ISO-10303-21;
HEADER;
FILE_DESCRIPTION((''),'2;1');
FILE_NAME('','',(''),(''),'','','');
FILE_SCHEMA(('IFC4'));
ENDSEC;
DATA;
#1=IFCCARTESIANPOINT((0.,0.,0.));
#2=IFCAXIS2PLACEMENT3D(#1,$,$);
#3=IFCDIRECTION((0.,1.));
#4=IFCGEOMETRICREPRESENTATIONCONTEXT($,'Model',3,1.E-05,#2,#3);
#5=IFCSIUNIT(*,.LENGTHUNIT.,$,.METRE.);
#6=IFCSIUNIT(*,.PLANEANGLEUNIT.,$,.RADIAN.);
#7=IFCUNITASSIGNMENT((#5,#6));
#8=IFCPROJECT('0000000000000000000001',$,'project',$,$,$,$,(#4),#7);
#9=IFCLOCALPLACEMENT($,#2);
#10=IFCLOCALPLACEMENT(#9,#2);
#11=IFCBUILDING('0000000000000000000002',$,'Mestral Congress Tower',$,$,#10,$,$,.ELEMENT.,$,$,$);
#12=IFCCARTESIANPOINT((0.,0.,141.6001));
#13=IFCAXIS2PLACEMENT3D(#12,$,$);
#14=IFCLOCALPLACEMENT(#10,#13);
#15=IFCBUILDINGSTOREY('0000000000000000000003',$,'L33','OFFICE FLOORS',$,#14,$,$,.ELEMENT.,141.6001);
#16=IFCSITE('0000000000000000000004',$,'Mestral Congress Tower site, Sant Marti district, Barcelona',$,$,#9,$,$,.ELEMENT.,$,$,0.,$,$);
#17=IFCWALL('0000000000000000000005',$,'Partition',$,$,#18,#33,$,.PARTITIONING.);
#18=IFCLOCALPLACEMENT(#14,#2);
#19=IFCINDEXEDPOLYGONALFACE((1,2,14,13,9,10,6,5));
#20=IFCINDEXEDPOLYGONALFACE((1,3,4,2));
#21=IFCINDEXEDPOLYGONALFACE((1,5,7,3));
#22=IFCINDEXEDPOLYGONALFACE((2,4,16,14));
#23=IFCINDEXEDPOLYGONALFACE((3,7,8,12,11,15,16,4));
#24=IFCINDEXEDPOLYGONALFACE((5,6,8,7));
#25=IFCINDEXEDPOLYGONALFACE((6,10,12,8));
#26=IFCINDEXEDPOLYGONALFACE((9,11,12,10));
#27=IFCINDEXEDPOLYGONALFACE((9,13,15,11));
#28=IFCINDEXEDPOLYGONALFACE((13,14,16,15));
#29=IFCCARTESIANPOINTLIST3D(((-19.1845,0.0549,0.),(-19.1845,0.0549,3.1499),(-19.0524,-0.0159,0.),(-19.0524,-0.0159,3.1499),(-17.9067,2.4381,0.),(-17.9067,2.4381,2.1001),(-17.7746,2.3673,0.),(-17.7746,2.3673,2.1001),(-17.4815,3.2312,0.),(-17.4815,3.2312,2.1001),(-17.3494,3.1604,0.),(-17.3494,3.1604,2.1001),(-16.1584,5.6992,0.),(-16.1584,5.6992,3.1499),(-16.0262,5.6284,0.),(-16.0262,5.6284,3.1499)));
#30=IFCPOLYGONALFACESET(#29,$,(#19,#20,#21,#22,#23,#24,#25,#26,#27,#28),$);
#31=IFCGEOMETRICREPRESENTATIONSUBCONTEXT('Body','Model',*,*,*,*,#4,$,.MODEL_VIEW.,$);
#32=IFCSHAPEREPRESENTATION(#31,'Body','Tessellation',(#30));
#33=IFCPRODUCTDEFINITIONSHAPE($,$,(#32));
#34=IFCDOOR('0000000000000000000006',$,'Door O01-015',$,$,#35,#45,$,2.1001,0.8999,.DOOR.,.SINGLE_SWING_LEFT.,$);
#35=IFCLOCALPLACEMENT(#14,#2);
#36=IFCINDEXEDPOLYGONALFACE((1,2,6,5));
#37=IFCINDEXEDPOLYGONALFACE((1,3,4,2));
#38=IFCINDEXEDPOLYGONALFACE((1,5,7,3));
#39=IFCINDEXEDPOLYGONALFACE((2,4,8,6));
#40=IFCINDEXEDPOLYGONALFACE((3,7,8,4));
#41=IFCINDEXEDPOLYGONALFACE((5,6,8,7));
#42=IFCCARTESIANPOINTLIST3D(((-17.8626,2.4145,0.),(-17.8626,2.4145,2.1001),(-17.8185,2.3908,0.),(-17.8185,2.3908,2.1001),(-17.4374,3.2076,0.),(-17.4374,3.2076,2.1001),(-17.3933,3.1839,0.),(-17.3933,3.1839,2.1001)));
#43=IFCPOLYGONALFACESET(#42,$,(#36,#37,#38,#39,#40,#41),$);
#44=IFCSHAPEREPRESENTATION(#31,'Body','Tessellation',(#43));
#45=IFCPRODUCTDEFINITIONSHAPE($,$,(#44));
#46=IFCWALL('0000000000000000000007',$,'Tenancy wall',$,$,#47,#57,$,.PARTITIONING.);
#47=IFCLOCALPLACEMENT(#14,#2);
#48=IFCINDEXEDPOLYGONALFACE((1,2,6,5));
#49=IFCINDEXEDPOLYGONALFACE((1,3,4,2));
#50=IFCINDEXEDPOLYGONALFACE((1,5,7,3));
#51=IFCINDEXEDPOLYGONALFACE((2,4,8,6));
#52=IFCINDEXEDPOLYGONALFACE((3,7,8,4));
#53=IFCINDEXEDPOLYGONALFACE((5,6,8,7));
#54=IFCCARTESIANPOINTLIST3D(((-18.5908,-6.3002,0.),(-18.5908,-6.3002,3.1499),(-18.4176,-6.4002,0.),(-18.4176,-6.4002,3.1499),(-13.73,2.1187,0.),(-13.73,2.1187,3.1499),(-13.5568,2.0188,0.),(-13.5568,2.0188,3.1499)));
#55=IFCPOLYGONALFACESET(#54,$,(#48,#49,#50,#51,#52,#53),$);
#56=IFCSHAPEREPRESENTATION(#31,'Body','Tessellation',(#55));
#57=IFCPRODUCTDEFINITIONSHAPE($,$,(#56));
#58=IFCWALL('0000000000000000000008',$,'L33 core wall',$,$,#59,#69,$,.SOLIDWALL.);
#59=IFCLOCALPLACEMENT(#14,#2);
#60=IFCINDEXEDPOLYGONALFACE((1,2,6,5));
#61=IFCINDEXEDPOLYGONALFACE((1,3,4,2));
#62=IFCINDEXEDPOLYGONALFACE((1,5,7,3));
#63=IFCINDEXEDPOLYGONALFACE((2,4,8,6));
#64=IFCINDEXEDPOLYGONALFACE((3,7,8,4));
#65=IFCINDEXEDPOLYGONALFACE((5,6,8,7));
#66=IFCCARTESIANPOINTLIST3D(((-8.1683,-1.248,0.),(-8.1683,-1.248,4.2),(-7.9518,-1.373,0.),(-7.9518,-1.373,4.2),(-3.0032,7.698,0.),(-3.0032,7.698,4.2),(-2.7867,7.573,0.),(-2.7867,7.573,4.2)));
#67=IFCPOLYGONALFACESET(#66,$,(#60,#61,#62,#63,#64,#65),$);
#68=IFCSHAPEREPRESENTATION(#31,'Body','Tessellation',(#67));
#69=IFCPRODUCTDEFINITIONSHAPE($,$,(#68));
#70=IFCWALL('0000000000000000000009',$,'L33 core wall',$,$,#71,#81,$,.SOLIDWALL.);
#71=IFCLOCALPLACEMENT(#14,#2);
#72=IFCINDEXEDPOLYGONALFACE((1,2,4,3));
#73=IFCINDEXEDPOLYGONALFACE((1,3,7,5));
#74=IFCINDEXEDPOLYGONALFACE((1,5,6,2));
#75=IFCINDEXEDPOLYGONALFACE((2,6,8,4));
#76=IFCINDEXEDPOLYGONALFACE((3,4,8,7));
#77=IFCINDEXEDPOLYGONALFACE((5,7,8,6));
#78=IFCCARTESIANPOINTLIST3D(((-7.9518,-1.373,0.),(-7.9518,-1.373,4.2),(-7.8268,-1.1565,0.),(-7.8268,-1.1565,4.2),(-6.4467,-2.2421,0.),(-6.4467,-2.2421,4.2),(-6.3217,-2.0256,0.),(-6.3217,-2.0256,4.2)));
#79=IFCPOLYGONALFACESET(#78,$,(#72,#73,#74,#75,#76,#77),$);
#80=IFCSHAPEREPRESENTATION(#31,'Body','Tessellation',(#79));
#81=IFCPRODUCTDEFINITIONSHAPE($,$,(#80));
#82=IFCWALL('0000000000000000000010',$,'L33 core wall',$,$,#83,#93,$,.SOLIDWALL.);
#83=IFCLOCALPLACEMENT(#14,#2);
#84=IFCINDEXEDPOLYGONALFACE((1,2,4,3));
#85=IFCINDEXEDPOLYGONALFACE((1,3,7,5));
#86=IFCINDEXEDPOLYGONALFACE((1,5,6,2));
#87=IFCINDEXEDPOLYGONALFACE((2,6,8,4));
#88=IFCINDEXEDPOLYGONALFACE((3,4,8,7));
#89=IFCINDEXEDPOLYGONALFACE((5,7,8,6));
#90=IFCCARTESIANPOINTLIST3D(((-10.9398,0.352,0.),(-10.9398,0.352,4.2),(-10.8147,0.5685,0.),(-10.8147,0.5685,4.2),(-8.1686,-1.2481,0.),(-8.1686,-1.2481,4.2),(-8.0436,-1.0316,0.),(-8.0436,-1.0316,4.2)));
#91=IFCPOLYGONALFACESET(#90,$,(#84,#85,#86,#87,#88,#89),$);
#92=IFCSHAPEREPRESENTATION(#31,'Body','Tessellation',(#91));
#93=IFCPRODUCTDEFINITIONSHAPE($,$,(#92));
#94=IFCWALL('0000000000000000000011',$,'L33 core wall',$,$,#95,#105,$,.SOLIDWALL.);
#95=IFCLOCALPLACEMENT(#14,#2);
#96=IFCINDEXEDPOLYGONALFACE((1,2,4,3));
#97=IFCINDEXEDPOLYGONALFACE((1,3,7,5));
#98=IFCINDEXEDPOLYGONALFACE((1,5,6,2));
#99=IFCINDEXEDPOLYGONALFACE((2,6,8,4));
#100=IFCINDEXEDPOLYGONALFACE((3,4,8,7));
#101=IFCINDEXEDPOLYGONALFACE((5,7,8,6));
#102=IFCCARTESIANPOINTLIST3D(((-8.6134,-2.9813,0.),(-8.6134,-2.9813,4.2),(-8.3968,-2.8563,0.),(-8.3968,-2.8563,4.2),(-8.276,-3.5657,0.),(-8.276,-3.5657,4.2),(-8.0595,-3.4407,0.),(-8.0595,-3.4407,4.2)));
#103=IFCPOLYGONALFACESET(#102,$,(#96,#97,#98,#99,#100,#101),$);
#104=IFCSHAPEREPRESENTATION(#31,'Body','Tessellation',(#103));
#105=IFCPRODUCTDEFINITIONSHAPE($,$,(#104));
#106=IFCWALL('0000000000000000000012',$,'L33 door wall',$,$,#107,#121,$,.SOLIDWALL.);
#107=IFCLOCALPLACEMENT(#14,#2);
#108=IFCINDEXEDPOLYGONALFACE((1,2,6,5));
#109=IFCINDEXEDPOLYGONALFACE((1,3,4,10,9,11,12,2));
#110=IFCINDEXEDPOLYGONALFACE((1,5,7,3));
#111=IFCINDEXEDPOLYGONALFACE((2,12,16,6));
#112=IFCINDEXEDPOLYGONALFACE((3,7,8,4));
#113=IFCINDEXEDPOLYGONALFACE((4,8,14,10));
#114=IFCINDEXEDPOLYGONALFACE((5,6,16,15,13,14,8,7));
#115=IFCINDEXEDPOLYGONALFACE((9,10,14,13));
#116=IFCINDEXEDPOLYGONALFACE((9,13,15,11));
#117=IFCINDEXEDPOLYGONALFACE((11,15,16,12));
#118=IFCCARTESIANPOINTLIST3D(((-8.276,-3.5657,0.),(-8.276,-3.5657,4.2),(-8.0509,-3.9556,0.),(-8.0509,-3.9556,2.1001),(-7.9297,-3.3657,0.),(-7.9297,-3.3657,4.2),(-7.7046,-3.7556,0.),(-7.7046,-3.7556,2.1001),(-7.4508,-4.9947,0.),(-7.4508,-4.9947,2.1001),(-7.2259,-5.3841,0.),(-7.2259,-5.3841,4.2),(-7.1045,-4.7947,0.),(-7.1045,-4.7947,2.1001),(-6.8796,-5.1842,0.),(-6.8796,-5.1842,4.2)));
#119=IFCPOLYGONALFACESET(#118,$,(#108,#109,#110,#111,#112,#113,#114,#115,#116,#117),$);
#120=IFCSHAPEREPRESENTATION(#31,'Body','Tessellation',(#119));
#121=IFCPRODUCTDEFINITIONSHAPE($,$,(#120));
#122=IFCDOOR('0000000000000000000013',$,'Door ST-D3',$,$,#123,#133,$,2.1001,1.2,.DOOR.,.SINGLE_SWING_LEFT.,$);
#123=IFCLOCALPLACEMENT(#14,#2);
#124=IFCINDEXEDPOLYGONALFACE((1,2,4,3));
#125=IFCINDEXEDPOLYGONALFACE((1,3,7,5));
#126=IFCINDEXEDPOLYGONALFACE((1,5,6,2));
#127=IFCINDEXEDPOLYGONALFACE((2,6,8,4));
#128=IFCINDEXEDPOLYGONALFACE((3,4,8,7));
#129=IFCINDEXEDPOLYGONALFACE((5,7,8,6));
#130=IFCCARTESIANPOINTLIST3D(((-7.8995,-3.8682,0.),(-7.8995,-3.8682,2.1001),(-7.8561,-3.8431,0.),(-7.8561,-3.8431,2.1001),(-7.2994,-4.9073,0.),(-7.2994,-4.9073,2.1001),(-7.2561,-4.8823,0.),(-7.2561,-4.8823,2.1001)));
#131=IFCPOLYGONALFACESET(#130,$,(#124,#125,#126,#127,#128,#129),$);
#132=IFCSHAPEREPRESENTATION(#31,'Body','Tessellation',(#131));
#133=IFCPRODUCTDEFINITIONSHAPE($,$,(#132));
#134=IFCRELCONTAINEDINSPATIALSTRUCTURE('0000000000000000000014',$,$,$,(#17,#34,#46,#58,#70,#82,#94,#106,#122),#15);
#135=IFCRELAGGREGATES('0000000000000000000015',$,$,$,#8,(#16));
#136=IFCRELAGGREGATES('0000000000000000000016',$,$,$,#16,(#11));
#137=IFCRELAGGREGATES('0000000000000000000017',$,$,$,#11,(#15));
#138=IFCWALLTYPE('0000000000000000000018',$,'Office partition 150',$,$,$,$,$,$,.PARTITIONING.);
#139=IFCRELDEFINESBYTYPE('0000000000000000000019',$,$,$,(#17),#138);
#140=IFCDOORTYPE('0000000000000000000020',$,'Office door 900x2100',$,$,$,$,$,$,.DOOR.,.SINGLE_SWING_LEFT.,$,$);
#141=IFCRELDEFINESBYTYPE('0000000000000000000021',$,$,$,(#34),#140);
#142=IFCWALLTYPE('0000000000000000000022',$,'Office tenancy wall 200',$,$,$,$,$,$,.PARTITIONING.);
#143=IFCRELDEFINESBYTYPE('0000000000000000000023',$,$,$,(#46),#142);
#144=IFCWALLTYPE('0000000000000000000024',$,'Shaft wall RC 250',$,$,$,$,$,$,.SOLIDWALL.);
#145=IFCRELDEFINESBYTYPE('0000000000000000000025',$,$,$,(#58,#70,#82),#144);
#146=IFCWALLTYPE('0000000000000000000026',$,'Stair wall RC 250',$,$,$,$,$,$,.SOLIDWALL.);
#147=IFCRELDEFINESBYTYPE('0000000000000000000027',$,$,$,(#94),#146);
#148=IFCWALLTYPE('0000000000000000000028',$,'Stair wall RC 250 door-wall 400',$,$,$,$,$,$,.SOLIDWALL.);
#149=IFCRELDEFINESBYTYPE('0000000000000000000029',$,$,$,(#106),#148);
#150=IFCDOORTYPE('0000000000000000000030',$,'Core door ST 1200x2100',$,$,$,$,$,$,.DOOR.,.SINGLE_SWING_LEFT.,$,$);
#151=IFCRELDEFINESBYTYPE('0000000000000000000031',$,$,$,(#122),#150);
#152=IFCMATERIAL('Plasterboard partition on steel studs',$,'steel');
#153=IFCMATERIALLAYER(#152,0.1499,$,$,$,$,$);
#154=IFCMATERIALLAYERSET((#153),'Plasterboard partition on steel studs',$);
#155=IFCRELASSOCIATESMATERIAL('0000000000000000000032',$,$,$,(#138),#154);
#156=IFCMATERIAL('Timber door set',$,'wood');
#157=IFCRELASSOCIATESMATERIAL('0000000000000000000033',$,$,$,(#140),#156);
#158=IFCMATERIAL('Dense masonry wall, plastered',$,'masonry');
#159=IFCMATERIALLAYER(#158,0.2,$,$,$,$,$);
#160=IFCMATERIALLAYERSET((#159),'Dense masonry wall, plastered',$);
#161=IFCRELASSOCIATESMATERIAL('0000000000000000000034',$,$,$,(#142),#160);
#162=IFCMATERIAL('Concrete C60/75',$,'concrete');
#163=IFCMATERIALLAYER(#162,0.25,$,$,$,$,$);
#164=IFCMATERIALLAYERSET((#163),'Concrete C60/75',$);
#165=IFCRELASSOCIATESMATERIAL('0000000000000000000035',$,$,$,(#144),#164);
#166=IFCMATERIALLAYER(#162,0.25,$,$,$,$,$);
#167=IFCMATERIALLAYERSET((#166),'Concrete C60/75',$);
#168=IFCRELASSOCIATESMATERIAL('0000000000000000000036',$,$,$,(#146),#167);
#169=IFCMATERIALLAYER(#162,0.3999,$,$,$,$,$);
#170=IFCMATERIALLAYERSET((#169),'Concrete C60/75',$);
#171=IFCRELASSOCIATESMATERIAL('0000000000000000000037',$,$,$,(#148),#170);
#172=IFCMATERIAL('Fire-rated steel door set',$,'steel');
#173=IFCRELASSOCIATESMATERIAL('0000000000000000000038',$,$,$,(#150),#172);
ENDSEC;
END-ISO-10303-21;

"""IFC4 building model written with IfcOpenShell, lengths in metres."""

from ifc_helpers import new_model, si_unit, direction, frame, frame_2d, origin, place, context, subcontext, project, spatial, rectangle, extrude, material, layer, layer_set, type_object, element, fill, save


model = new_model("IFC4")

# Units and contexts
model_context = context("Model", 3, precision=1e-05, world=origin(), true_north=direction((0.0, 1.0)))
body_context = subcontext(model_context, "Body", "Model", "MODEL_VIEW")
ifc_project = project(units=[si_unit("LENGTHUNIT", "METRE"), si_unit("PLANEANGLEUNIT", "RADIAN")], contexts=[model_context])

# Site, building, storey
site_placement = place(None, origin())
site = spatial("IfcSite", under=ifc_project, at=site_placement, Name="Mestral Congress Tower site, Sant Marti district, Barcelona", CompositionType="ELEMENT", RefElevation=0.0)
building_placement = place(site_placement, origin())
building = spatial("IfcBuilding", under=site, at=building_placement, Name="Mestral Congress Tower", CompositionType="ELEMENT")
storey_placement = place(building_placement, frame((0.0, 0.0, 141.6001)))
storey = spatial("IfcBuildingStorey", under=building, at=storey_placement, Name="L33", Description="OFFICE FLOORS", CompositionType="ELEMENT", Elevation=141.6001)

# Shared definitions
ifc_material_1 = material(Name="Concrete C60/75", Category="concrete")

# Shared definitions
ifc_material_2 = material(Name="Fire-rated steel door set", Category="steel")

# Shared definitions
ifc_material_3 = material(Name="Plasterboard partition on steel studs", Category="steel")
ifc_layer_1 = layer(ifc_material_3, 0.1499)
ifc_layer_set_1 = layer_set([ifc_layer_1], Name="Plasterboard partition on steel studs")
wall_type_1 = type_object("IfcWallType", Name="Office partition 150", PredefinedType="PARTITIONING", material=ifc_layer_set_1)

# Wall, opening, door
wall_1_placement = place(storey_placement, frame((-19.1184, 0.0195, 0.0), z_axis=(0.0, 0.0, 1.0), x_axis=(0.472512, 0.881324, 0.0)))
wall_1 = element("IfcWall", 1, at=wall_1_placement, inside=storey, type_object=wall_type_1, Name="Partition", PredefinedType="PARTITIONING", context=body_context, shape_type="SweptSolid", body=[
    extrude(rectangle(XDim=6.4043, YDim=0.1499, at=frame_2d((3.2021, 0.0))), origin(), (0.0, 0.0, 1.0), 3.1499),
])
opening_1_placement = place(wall_1_placement, frame((2.7041, 0.0, 0.0)))
opening_1 = element("IfcOpeningElement", 2, at=opening_1_placement, cuts=wall_1, PredefinedType="OPENING", context=body_context, shape_type="SweptSolid", body=[
    extrude(rectangle(XDim=0.8999, YDim=2.1001, at=frame_2d((0.45, 1.05))), frame((0.0, 0.085, 0.0), z_axis=(0.0, -1.0, 0.0), x_axis=(1.0, 0.0, 0.0)), (0.0, 0.0, 1.0), 0.1699),
])
ifc_material_4 = material(Name="Timber door set", Category="wood")
door_type_1 = type_object("IfcDoorType", Name="Office door 900x2100", OperationType="SINGLE_SWING_LEFT", PredefinedType="DOOR", material=ifc_material_4)
door_1_placement = place(opening_1_placement, origin())
door_1 = element("IfcDoor", 3, at=door_1_placement, inside=storey, type_object=door_type_1, Name="Door O01-015", OperationType="SINGLE_SWING_LEFT", OverallHeight=2.1001, OverallWidth=0.8999, PredefinedType="DOOR", context=body_context, shape_type="SweptSolid", body=[
    extrude(rectangle(XDim=0.8999, YDim=2.1001, at=frame_2d((0.45, 1.05))), frame((0.0, 0.0249, 0.0), z_axis=(0.0, -1.0, 0.0), x_axis=(1.0, 0.0, 0.0)), (0.0, 0.0, 1.0), 0.05),
])
fill(opening_1, door_1)

# Walls
ifc_material_5 = material(Name="Dense masonry wall, plastered", Category="masonry")
ifc_layer_2 = layer(ifc_material_5, 0.2)
ifc_layer_set_2 = layer_set([ifc_layer_2], Name="Dense masonry wall, plastered")
wall_type_2 = type_object("IfcWallType", Name="Office tenancy wall 200", PredefinedType="PARTITIONING", material=ifc_layer_set_2)
wall_2_placement = place(storey_placement, frame((-13.6433, 2.0688, 0.0), z_axis=(0.0, 0.0, 1.0), x_axis=(-0.500012, -0.866018, 0.0)))
element("IfcWall", 4, at=wall_2_placement, inside=storey, type_object=wall_type_2, Name="Tenancy wall", PredefinedType="PARTITIONING", context=body_context, shape_type="SweptSolid", body=[
    extrude(rectangle(XDim=9.7214, YDim=0.2, at=frame_2d((4.8608, 0.0))), origin(), (0.0, 0.0, 1.0), 3.1499),
])
ifc_layer_3 = layer(ifc_material_1, 0.25)
ifc_layer_set_3 = layer_set([ifc_layer_3], Name="Concrete C60/75")
wall_type_3 = type_object("IfcWallType", Name="Shaft wall RC 250", PredefinedType="SOLIDWALL", material=ifc_layer_set_3)
wall_3_placement = place(storey_placement, frame((-8.0601, -1.3105, 0.0), z_axis=(0.0, 0.0, 1.0), x_axis=(0.500003, 0.866024, 0.0)))
element("IfcWall", 5, at=wall_3_placement, inside=storey, type_object=wall_type_3, Name="L33 core wall", PredefinedType="SOLIDWALL", context=body_context, shape_type="SweptSolid", body=[
    extrude(rectangle(XDim=10.3301, YDim=0.25, at=frame_2d((5.165, 0.0))), origin(), (0.0, 0.0, 1.0), 4.2),
])
wall_4_placement = place(storey_placement, frame((-7.8894, -1.2646, 0.0), z_axis=(0.0, 0.0, 1.0), x_axis=(0.865987, -0.500067, 0.0)))
element("IfcWall", 6, at=wall_4_placement, inside=storey, type_object=wall_type_3, Name="L33 core wall", PredefinedType="SOLIDWALL", context=body_context, shape_type="SweptSolid", body=[
    extrude(rectangle(XDim=1.738, YDim=0.25, at=frame_2d((0.8691, 0.0))), origin(), (0.0, 0.0, 1.0), 4.2),
])
wall_5_placement = place(storey_placement, frame((-8.106, -1.1399, 0.0), z_axis=(0.0, 0.0, 1.0), x_axis=(-0.866009, 0.500028, 0.0)))
element("IfcWall", 7, at=wall_5_placement, inside=storey, type_object=wall_type_3, Name="L33 core wall", PredefinedType="SOLIDWALL", context=body_context, shape_type="SweptSolid", body=[
    extrude(rectangle(XDim=3.2, YDim=0.25, at=frame_2d((1.6001, 0.0))), origin(), (0.0, 0.0, 1.0), 4.2),
])
ifc_layer_4 = layer(ifc_material_1, 0.25)
ifc_layer_set_4 = layer_set([ifc_layer_4], Name="Concrete C60/75")
wall_type_4 = type_object("IfcWallType", Name="Stair wall RC 250", PredefinedType="SOLIDWALL", material=ifc_layer_set_4)
wall_6_placement = place(storey_placement, frame((-8.1677, -3.5032, 0.0), z_axis=(0.0, 0.0, 1.0), x_axis=(-0.499952, 0.866053, 0.0)))
element("IfcWall", 8, at=wall_6_placement, inside=storey, type_object=wall_type_4, Name="L33 core wall", PredefinedType="SOLIDWALL", context=body_context, shape_type="SweptSolid", body=[
    extrude(rectangle(XDim=0.6748, YDim=0.25, at=frame_2d((0.3374, 0.0))), origin(), (0.0, 0.0, 1.0), 4.2),
])

# Wall, opening, door
ifc_layer_5 = layer(ifc_material_1, 0.3999)
ifc_layer_set_5 = layer_set([ifc_layer_5], Name="Concrete C60/75")
wall_type_5 = type_object("IfcWallType", Name="Stair wall RC 250 door-wall 400", PredefinedType="SOLIDWALL", material=ifc_layer_set_5)
wall_7_placement = place(storey_placement, frame((-8.1028, -3.4658, 0.0), z_axis=(0.0, 0.0, 1.0), x_axis=(0.500078, -0.86598, 0.0)))
wall_7 = element("IfcWall", 9, at=wall_7_placement, inside=storey, type_object=wall_type_5, Name="L33 door wall", PredefinedType="SOLIDWALL", context=body_context, shape_type="SweptSolid", body=[
    extrude(rectangle(XDim=2.0999, YDim=0.3999, at=frame_2d((1.0498, 0.0))), origin(), (0.0, 0.0, 1.0), 4.2),
])
opening_2_placement = place(wall_7_placement, frame((0.45, 0.0, 0.0)))
opening_2 = element("IfcOpeningElement", 10, at=opening_2_placement, cuts=wall_7, PredefinedType="OPENING", context=body_context, shape_type="SweptSolid", body=[
    extrude(rectangle(XDim=1.2, YDim=2.1001, at=frame_2d((0.6001, 1.05))), frame((0.0, 0.21, 0.0), z_axis=(0.0, -1.0, 0.0), x_axis=(1.0, 0.0, 0.0)), (0.0, 0.0, 1.0), 0.4199),
])
door_type_2 = type_object("IfcDoorType", Name="Core door ST 1200x2100", OperationType="SINGLE_SWING_LEFT", PredefinedType="DOOR", material=ifc_material_2)
door_2_placement = place(opening_2_placement, origin())
door_2 = element("IfcDoor", 11, at=door_2_placement, inside=storey, type_object=door_type_2, Name="Door ST-D3", OperationType="SINGLE_SWING_LEFT", OverallHeight=2.1001, OverallWidth=1.2, PredefinedType="DOOR", context=body_context, shape_type="SweptSolid", body=[
    extrude(rectangle(XDim=1.2, YDim=2.1001, at=frame_2d((0.6001, 1.05))), frame((0.0, 0.0249, 0.0), z_axis=(0.0, -1.0, 0.0), x_axis=(1.0, 0.0, 0.0)), (0.0, 0.0, 1.0), 0.05),
])
fill(opening_2, door_2)

save(model, "model.ifc")
